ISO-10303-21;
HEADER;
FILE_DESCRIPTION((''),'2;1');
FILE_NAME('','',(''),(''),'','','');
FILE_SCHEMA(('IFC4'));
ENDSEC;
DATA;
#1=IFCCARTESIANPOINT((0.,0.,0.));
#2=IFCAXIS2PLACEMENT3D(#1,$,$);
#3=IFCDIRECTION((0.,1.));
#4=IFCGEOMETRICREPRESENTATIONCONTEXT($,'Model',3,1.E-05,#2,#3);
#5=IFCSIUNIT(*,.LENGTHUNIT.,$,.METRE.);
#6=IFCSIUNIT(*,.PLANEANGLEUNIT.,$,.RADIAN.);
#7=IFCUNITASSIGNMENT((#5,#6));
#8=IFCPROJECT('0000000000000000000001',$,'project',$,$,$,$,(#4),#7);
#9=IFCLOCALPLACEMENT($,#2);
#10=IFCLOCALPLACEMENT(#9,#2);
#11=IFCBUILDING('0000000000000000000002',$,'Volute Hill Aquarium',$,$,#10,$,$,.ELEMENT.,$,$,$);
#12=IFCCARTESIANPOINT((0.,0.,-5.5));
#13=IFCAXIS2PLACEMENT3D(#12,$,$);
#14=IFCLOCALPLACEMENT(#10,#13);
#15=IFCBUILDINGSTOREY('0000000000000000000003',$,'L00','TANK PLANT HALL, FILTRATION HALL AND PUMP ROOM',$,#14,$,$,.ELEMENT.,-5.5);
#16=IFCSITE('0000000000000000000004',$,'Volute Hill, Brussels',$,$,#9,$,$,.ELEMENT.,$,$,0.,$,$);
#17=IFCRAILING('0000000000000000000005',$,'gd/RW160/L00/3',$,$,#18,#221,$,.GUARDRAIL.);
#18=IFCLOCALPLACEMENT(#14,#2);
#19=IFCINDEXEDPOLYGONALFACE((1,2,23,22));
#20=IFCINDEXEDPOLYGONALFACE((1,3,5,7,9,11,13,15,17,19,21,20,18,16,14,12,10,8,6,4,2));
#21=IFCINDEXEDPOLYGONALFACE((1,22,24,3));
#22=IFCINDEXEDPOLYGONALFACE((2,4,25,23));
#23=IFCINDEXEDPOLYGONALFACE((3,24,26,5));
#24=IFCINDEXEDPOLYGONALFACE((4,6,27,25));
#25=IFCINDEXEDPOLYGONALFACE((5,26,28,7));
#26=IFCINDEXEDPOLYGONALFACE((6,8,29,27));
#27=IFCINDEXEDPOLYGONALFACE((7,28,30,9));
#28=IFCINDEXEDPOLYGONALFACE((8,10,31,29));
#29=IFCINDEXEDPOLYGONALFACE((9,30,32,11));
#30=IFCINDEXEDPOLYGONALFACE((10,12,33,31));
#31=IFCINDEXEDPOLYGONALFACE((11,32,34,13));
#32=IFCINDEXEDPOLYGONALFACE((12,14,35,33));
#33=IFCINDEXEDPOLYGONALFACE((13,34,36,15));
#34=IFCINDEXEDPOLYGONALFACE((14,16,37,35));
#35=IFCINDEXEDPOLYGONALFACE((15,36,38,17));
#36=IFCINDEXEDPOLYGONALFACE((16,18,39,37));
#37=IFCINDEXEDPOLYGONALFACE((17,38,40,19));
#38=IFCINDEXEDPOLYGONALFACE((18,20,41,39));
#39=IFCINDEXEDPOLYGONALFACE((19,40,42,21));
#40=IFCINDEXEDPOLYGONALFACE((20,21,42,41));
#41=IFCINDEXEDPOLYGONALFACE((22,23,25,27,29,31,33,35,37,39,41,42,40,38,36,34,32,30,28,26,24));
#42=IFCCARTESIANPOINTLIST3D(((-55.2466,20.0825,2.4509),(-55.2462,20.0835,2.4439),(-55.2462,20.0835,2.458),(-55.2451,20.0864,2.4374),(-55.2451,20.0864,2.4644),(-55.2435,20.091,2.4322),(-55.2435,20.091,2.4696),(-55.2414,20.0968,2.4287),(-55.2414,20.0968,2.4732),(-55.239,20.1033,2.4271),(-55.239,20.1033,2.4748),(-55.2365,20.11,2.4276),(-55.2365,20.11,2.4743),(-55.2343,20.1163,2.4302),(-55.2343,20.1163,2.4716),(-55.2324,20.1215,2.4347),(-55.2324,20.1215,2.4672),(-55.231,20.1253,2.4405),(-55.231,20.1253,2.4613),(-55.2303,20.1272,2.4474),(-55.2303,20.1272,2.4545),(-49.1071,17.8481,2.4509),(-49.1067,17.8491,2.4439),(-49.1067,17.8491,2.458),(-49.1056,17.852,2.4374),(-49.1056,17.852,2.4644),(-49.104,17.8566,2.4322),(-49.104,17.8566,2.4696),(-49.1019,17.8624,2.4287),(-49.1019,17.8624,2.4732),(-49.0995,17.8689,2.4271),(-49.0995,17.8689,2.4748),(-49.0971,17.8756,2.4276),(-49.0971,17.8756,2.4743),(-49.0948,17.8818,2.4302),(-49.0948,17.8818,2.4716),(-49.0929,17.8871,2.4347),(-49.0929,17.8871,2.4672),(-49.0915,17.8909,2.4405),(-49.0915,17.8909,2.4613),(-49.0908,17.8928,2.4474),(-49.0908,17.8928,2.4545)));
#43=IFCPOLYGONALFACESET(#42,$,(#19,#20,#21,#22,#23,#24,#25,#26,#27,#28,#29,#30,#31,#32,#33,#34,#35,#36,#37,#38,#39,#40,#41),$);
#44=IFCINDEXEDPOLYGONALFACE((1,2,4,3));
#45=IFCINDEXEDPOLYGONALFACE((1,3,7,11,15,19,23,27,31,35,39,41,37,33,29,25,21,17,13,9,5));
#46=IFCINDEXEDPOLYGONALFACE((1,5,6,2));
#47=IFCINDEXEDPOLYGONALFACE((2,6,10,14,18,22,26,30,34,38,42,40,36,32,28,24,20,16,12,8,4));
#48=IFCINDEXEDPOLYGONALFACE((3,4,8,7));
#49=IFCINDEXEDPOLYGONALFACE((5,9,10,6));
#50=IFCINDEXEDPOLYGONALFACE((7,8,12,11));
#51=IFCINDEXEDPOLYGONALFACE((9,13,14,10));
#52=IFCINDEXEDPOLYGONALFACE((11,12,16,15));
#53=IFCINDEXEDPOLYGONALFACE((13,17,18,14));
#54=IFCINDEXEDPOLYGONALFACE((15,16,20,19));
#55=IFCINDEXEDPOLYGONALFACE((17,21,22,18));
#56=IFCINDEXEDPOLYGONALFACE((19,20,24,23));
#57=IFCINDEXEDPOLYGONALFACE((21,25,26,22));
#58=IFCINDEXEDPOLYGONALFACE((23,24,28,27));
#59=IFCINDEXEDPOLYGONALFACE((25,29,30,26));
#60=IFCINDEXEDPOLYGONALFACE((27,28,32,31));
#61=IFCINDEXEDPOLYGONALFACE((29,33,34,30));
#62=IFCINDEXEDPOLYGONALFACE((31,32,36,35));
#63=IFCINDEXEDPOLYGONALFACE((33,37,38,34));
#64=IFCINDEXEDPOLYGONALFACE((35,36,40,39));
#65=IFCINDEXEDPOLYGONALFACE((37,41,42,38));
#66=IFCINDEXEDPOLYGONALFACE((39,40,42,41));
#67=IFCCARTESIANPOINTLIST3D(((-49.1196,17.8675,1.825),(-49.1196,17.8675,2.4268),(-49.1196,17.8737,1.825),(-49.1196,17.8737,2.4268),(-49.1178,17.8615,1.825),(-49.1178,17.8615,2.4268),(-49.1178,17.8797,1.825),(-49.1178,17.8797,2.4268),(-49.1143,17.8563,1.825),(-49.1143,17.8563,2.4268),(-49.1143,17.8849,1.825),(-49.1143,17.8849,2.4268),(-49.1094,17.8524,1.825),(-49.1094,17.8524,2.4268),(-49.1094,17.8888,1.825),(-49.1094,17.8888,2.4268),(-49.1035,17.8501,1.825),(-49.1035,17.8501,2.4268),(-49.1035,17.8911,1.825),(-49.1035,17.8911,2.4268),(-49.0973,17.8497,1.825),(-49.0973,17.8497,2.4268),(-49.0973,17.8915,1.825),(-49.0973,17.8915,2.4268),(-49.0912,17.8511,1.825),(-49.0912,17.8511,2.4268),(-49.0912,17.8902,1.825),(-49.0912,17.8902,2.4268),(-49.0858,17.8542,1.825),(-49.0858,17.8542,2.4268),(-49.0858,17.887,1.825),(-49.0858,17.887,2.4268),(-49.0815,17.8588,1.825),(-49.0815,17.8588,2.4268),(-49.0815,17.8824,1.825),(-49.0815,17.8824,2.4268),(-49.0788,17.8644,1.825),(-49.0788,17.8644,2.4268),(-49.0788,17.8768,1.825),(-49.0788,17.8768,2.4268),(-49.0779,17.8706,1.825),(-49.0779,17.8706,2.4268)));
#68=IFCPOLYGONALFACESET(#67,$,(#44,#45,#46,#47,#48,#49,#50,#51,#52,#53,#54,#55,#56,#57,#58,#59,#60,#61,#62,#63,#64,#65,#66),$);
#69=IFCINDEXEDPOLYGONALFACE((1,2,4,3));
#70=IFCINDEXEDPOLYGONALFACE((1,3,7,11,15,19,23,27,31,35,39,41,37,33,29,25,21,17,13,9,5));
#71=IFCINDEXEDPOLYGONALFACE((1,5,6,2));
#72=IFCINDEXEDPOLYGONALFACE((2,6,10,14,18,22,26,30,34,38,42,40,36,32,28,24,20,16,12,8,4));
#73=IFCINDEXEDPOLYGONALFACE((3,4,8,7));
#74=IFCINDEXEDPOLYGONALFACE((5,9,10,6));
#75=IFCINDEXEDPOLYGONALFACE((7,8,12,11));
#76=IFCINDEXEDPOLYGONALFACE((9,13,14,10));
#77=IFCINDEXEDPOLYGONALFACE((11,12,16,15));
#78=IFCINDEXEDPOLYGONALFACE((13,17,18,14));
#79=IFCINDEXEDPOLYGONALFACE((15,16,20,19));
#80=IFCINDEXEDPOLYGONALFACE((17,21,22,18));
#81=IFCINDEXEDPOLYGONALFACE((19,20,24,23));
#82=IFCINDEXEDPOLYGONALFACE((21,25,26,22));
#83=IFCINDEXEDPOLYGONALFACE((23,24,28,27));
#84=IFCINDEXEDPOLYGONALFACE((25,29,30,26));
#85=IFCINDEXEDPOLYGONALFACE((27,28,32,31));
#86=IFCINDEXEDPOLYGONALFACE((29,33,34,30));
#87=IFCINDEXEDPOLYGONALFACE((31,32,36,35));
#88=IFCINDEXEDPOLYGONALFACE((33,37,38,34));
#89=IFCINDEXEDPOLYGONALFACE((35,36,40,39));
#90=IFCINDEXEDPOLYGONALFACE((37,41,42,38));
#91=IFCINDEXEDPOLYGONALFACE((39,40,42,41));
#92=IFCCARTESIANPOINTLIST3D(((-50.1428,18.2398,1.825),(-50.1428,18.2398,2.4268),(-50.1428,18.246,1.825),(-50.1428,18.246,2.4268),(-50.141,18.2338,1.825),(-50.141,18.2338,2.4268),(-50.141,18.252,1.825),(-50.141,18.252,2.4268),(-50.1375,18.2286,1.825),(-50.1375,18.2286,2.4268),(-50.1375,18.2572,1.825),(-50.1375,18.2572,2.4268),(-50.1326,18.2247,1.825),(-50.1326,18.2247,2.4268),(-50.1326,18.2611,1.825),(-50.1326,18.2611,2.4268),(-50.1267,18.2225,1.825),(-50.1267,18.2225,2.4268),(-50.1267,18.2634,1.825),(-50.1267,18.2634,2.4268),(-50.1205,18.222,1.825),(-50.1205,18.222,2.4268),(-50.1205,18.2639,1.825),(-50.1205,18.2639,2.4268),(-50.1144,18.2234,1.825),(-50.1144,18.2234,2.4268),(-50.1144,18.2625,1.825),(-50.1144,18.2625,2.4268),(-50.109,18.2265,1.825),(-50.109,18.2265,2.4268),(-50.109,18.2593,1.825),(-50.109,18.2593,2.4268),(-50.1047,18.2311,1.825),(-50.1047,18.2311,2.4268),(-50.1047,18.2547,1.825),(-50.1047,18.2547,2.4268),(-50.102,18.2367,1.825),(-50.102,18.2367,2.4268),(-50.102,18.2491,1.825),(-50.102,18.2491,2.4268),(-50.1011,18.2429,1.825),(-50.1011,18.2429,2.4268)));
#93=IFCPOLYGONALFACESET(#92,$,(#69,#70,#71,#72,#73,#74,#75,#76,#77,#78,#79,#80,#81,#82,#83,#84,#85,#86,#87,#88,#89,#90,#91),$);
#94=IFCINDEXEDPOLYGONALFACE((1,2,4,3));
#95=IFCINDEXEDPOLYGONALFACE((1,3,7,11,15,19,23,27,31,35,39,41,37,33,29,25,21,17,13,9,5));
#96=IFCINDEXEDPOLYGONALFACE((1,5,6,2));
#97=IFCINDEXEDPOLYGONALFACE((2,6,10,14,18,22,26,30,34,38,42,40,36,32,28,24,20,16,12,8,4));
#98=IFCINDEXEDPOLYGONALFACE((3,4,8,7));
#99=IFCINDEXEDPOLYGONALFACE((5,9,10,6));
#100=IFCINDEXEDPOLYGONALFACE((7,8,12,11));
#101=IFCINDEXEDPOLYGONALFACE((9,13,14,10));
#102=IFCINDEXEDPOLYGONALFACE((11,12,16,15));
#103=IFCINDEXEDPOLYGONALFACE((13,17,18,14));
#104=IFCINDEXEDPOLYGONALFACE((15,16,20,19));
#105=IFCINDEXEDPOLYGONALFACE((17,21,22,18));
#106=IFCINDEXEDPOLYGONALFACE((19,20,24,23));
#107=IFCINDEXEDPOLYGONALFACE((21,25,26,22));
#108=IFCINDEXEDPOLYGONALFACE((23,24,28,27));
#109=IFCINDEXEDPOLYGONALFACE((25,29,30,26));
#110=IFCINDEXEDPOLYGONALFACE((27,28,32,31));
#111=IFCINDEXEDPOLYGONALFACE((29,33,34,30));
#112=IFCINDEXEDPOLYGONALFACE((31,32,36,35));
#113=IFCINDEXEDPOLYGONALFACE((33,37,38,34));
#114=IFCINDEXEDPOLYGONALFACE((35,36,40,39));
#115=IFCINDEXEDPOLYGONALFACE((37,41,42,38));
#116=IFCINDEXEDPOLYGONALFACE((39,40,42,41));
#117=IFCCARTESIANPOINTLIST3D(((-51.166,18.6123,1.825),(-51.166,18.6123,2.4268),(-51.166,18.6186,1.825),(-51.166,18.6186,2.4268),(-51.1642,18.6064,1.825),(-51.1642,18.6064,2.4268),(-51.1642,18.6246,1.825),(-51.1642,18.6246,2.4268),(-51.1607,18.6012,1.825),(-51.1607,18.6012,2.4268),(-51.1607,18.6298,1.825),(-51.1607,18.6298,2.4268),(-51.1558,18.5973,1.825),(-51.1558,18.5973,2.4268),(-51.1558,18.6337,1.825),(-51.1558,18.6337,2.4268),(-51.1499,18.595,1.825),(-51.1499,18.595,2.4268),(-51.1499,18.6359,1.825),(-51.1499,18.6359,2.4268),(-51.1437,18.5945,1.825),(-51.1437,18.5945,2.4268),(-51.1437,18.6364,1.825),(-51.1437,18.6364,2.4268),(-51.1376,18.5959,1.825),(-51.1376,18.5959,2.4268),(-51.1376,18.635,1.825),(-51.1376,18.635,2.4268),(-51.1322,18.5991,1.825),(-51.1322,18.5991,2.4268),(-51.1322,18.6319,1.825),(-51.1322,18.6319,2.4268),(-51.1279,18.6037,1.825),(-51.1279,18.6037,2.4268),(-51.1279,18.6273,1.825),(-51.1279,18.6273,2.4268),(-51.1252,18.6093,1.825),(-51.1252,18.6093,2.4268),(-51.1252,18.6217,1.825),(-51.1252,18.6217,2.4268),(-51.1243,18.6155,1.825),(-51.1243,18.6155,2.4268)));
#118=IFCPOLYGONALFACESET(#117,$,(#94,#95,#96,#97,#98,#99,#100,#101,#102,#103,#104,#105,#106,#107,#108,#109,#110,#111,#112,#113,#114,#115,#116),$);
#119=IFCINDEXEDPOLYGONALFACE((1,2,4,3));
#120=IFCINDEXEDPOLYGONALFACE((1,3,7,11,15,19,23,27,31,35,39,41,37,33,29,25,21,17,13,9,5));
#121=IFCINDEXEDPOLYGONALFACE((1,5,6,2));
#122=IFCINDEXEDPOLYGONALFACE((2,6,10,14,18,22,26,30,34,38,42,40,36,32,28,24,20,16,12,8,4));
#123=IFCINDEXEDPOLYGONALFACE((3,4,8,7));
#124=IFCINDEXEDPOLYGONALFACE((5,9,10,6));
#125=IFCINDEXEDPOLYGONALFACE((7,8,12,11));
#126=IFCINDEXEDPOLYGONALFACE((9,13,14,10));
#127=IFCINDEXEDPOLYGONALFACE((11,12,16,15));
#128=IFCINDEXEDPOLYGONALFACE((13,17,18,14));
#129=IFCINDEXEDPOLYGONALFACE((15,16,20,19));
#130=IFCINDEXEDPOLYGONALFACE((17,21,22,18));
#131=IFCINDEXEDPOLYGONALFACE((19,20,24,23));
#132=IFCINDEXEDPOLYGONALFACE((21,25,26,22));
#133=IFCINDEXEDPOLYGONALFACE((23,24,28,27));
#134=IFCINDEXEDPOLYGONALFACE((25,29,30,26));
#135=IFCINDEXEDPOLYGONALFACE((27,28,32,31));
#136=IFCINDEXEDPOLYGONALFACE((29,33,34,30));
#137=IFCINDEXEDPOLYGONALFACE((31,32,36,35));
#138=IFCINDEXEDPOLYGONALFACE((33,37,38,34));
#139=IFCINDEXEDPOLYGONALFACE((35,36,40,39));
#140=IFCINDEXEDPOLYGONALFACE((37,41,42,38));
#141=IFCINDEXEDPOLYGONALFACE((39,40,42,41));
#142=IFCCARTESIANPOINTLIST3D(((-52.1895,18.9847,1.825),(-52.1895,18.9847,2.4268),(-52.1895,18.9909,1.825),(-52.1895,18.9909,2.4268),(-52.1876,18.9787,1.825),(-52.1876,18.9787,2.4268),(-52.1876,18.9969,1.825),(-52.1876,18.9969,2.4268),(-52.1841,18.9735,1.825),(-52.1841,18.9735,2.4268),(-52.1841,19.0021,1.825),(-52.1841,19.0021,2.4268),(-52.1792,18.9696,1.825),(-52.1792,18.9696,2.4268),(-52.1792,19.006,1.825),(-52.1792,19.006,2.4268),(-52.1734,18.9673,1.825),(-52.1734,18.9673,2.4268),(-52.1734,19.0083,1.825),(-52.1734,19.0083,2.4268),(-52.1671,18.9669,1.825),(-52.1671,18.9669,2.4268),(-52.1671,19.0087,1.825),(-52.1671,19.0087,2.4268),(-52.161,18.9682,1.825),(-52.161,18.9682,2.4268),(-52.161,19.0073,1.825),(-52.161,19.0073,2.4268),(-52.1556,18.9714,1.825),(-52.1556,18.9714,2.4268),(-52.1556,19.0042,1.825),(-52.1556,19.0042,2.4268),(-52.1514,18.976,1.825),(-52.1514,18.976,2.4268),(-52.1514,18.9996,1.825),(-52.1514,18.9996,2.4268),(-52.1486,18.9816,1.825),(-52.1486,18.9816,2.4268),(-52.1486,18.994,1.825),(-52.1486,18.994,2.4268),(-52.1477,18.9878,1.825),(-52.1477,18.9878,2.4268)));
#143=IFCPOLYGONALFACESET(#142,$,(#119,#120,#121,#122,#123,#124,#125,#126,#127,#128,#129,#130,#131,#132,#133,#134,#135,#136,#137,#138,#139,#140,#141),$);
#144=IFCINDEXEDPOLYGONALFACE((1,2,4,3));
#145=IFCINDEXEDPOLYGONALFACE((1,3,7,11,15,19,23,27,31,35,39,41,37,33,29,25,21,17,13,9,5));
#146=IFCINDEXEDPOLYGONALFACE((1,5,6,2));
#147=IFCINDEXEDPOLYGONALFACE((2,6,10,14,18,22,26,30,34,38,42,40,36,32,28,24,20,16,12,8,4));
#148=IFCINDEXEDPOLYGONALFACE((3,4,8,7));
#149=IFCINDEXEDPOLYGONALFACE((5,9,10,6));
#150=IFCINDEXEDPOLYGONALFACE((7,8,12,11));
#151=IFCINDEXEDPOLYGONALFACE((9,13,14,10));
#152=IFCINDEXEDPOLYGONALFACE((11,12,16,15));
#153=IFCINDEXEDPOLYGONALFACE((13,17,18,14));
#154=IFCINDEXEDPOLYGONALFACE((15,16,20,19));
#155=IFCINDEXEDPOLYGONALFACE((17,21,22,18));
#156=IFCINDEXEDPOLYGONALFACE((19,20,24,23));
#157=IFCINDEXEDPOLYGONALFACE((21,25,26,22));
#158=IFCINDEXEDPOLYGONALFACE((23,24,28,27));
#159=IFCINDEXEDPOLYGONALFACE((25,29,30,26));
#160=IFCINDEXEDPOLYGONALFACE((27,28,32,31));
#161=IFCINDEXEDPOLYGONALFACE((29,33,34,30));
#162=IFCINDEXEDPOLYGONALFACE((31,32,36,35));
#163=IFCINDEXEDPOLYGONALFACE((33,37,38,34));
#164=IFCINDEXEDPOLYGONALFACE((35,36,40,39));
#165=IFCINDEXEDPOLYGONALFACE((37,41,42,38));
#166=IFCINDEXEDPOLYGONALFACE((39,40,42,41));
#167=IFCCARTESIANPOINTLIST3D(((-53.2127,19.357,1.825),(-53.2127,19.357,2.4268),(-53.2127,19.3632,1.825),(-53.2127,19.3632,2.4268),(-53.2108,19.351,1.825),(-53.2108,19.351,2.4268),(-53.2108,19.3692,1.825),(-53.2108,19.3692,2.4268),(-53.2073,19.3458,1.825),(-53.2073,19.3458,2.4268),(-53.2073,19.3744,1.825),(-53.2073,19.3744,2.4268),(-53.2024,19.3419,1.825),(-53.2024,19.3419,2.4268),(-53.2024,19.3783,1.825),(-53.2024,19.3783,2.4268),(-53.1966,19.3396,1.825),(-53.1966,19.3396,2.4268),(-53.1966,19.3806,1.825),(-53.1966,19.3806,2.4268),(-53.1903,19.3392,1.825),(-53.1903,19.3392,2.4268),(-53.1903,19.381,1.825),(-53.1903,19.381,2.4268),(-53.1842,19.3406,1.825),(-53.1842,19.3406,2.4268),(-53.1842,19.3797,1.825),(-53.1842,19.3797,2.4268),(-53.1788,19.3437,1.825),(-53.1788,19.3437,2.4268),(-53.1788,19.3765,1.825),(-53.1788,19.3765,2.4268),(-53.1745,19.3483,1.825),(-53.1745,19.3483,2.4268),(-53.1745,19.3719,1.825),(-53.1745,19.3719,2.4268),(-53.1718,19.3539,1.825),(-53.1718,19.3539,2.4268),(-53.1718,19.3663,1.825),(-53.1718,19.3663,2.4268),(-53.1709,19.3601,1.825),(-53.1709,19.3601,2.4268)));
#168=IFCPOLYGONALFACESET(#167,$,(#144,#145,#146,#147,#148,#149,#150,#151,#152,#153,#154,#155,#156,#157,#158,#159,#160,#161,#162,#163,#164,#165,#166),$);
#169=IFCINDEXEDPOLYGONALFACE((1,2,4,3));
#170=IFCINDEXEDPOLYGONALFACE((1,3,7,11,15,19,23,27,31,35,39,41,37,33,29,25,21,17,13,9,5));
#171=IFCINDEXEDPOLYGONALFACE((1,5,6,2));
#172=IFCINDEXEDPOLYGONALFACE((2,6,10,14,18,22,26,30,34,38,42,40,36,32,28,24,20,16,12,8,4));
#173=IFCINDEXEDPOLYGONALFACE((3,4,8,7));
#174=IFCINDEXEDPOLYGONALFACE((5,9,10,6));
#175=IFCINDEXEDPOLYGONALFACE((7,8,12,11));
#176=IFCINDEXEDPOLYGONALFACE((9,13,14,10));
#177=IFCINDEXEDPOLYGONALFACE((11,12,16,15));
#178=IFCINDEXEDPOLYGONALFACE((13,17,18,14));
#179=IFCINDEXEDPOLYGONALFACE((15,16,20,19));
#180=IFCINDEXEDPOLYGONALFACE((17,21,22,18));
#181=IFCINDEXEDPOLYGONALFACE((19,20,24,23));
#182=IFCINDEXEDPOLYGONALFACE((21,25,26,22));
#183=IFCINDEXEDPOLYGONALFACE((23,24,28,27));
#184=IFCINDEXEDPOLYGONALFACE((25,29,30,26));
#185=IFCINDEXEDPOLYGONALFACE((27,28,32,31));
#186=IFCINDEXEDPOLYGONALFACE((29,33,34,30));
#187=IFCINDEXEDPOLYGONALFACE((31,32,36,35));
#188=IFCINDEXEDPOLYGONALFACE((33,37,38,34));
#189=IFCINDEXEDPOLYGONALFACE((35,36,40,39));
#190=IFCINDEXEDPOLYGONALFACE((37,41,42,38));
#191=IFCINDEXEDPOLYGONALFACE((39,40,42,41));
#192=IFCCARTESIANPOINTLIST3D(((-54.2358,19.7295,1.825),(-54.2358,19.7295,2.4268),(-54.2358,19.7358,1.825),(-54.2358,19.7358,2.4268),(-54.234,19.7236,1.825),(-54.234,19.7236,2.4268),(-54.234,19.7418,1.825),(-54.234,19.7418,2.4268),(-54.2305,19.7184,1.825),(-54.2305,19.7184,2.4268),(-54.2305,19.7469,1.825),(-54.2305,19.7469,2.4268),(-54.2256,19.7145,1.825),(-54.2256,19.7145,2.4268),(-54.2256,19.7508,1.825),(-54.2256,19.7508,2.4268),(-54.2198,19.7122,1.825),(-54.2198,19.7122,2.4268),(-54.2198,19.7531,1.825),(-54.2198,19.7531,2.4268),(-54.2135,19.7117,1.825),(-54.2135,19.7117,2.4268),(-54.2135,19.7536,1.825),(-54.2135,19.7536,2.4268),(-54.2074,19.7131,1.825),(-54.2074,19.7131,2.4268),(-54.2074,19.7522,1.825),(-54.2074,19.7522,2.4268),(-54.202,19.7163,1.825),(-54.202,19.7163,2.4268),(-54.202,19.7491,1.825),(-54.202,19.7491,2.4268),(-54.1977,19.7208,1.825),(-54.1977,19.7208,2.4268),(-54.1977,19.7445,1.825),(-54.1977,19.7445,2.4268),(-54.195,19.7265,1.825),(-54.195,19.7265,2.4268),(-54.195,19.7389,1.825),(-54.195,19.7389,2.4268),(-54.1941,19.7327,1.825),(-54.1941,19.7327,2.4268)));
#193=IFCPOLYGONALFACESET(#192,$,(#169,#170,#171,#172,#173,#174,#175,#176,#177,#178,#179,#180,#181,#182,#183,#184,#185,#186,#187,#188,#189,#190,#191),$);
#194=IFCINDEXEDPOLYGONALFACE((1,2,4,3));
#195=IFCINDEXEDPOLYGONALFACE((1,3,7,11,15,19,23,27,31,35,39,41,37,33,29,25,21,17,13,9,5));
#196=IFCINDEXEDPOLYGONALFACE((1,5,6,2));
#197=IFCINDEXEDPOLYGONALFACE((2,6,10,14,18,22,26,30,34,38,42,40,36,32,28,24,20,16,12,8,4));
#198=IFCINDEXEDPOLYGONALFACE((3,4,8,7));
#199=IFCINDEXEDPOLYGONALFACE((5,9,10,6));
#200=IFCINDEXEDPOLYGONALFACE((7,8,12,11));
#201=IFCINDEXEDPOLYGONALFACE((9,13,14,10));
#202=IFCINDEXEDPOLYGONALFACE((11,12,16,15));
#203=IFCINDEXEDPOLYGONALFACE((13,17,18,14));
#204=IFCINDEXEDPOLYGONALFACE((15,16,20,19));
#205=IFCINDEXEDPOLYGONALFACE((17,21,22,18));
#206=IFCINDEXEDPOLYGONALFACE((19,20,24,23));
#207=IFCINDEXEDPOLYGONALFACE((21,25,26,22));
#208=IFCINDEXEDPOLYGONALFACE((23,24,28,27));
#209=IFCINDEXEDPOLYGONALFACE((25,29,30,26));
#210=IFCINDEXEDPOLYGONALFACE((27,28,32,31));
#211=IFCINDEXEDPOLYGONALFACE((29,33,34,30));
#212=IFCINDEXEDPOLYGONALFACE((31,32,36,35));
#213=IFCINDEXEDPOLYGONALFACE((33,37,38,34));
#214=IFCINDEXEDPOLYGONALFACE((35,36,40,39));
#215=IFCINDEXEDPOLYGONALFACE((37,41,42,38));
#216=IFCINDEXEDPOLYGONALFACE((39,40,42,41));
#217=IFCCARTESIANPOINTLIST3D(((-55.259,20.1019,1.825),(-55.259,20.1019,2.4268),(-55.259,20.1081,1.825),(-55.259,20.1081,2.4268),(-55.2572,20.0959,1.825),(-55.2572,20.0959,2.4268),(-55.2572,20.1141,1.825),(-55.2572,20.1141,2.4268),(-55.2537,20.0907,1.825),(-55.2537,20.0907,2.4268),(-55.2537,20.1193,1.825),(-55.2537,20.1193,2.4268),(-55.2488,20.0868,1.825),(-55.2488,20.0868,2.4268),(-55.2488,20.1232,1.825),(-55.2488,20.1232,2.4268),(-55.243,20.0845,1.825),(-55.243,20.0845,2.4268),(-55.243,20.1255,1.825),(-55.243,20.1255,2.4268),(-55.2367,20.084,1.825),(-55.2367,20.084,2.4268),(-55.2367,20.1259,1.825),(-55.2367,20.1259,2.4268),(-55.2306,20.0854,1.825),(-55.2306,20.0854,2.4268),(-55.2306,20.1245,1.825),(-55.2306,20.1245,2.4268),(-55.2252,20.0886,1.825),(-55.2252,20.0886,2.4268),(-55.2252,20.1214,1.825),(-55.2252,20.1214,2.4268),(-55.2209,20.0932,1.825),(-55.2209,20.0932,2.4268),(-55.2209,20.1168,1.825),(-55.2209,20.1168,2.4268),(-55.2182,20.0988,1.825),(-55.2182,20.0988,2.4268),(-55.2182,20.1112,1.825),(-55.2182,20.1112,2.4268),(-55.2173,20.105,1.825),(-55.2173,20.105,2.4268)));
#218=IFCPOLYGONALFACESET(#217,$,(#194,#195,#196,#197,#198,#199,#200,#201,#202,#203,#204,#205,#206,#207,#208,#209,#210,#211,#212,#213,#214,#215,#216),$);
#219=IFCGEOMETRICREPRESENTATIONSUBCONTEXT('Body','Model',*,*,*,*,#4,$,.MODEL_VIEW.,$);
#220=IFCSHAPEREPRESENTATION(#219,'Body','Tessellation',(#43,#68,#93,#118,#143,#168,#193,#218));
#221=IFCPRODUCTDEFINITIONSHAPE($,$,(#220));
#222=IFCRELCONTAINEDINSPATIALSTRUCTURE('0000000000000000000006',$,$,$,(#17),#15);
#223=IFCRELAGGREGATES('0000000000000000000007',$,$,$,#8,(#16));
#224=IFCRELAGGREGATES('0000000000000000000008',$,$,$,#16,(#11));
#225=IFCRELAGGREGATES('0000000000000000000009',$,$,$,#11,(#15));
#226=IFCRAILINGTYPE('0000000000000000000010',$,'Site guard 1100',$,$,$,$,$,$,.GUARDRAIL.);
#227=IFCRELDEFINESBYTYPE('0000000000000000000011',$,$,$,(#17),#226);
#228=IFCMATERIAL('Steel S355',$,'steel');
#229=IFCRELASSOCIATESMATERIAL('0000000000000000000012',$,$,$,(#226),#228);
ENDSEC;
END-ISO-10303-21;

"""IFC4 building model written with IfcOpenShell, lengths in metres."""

from ifc_helpers import new_model, si_unit, direction, frame, origin, origin_2d, place, context, subcontext, project, spatial, circle, extrude, material, type_object, element, save


model = new_model("IFC4")

# Units and contexts
model_context = context("Model", 3, precision=1e-05, world=origin(), true_north=direction((0.0, 1.0)))
body_context = subcontext(model_context, "Body", "Model", "MODEL_VIEW")
ifc_project = project(units=[si_unit("LENGTHUNIT", "METRE"), si_unit("PLANEANGLEUNIT", "RADIAN")], contexts=[model_context])

# Site, building, storey
site_placement = place(None, origin())
site = spatial("IfcSite", under=ifc_project, at=site_placement, Name="Volute Hill, Brussels", CompositionType="ELEMENT", RefElevation=0.0)
building_placement = place(site_placement, origin())
building = spatial("IfcBuilding", under=site, at=building_placement, Name="Volute Hill Aquarium", CompositionType="ELEMENT")
storey_placement = place(building_placement, frame((0.0, 0.0, -5.5)))
storey = spatial("IfcBuildingStorey", under=building, at=storey_placement, Name="L00", Description="TANK PLANT HALL, FILTRATION HALL AND PUMP ROOM", CompositionType="ELEMENT", Elevation=-5.5)

# Railing
ifc_material_1 = material(Name="Steel S355", Category="steel")
railing_type = type_object("IfcRailingType", Name="Site guard 1100", PredefinedType="GUARDRAIL", material=ifc_material_1)
railing_1_placement = place(storey_placement, frame((-49.0989, 17.8706, 1.825)))
element("IfcRailing", 1, at=railing_1_placement, inside=storey, type_object=railing_type, Name="gd/RW160/L00/3", PredefinedType="GUARDRAIL", context=body_context, shape_type="SweptSolid", body=[
    extrude(circle(Radius=0.0239, at=origin_2d()), frame((0.0, 0.0, 0.626), z_axis=(-0.939702, 0.341995, 0.0), x_axis=(-0.341995, -0.939702, 0.0)), (0.0, 0.0, 1.0), 6.5334),
    extrude(circle(Radius=0.021, at=origin_2d()), origin(), (0.0, 0.0, 1.0), 0.6018),
    extrude(circle(Radius=0.021, at=origin_2d()), frame((-1.0232, 0.3723, 0.0)), (0.0, 0.0, 1.0), 0.6018),
    extrude(circle(Radius=0.021, at=origin_2d()), frame((-2.0464, 0.7449, 0.0)), (0.0, 0.0, 1.0), 0.6018),
    extrude(circle(Radius=0.021, at=origin_2d()), frame((-3.0698, 1.1172, 0.0)), (0.0, 0.0, 1.0), 0.6018),
    extrude(circle(Radius=0.021, at=origin_2d()), frame((-4.093, 1.4895, 0.0)), (0.0, 0.0, 1.0), 0.6018),
    extrude(circle(Radius=0.021, at=origin_2d()), frame((-5.1162, 1.8621, 0.0)), (0.0, 0.0, 1.0), 0.6018),
    extrude(circle(Radius=0.021, at=origin_2d()), frame((-6.1394, 2.2344, 0.0)), (0.0, 0.0, 1.0), 0.6018),
])

save(model, "model.ifc")
